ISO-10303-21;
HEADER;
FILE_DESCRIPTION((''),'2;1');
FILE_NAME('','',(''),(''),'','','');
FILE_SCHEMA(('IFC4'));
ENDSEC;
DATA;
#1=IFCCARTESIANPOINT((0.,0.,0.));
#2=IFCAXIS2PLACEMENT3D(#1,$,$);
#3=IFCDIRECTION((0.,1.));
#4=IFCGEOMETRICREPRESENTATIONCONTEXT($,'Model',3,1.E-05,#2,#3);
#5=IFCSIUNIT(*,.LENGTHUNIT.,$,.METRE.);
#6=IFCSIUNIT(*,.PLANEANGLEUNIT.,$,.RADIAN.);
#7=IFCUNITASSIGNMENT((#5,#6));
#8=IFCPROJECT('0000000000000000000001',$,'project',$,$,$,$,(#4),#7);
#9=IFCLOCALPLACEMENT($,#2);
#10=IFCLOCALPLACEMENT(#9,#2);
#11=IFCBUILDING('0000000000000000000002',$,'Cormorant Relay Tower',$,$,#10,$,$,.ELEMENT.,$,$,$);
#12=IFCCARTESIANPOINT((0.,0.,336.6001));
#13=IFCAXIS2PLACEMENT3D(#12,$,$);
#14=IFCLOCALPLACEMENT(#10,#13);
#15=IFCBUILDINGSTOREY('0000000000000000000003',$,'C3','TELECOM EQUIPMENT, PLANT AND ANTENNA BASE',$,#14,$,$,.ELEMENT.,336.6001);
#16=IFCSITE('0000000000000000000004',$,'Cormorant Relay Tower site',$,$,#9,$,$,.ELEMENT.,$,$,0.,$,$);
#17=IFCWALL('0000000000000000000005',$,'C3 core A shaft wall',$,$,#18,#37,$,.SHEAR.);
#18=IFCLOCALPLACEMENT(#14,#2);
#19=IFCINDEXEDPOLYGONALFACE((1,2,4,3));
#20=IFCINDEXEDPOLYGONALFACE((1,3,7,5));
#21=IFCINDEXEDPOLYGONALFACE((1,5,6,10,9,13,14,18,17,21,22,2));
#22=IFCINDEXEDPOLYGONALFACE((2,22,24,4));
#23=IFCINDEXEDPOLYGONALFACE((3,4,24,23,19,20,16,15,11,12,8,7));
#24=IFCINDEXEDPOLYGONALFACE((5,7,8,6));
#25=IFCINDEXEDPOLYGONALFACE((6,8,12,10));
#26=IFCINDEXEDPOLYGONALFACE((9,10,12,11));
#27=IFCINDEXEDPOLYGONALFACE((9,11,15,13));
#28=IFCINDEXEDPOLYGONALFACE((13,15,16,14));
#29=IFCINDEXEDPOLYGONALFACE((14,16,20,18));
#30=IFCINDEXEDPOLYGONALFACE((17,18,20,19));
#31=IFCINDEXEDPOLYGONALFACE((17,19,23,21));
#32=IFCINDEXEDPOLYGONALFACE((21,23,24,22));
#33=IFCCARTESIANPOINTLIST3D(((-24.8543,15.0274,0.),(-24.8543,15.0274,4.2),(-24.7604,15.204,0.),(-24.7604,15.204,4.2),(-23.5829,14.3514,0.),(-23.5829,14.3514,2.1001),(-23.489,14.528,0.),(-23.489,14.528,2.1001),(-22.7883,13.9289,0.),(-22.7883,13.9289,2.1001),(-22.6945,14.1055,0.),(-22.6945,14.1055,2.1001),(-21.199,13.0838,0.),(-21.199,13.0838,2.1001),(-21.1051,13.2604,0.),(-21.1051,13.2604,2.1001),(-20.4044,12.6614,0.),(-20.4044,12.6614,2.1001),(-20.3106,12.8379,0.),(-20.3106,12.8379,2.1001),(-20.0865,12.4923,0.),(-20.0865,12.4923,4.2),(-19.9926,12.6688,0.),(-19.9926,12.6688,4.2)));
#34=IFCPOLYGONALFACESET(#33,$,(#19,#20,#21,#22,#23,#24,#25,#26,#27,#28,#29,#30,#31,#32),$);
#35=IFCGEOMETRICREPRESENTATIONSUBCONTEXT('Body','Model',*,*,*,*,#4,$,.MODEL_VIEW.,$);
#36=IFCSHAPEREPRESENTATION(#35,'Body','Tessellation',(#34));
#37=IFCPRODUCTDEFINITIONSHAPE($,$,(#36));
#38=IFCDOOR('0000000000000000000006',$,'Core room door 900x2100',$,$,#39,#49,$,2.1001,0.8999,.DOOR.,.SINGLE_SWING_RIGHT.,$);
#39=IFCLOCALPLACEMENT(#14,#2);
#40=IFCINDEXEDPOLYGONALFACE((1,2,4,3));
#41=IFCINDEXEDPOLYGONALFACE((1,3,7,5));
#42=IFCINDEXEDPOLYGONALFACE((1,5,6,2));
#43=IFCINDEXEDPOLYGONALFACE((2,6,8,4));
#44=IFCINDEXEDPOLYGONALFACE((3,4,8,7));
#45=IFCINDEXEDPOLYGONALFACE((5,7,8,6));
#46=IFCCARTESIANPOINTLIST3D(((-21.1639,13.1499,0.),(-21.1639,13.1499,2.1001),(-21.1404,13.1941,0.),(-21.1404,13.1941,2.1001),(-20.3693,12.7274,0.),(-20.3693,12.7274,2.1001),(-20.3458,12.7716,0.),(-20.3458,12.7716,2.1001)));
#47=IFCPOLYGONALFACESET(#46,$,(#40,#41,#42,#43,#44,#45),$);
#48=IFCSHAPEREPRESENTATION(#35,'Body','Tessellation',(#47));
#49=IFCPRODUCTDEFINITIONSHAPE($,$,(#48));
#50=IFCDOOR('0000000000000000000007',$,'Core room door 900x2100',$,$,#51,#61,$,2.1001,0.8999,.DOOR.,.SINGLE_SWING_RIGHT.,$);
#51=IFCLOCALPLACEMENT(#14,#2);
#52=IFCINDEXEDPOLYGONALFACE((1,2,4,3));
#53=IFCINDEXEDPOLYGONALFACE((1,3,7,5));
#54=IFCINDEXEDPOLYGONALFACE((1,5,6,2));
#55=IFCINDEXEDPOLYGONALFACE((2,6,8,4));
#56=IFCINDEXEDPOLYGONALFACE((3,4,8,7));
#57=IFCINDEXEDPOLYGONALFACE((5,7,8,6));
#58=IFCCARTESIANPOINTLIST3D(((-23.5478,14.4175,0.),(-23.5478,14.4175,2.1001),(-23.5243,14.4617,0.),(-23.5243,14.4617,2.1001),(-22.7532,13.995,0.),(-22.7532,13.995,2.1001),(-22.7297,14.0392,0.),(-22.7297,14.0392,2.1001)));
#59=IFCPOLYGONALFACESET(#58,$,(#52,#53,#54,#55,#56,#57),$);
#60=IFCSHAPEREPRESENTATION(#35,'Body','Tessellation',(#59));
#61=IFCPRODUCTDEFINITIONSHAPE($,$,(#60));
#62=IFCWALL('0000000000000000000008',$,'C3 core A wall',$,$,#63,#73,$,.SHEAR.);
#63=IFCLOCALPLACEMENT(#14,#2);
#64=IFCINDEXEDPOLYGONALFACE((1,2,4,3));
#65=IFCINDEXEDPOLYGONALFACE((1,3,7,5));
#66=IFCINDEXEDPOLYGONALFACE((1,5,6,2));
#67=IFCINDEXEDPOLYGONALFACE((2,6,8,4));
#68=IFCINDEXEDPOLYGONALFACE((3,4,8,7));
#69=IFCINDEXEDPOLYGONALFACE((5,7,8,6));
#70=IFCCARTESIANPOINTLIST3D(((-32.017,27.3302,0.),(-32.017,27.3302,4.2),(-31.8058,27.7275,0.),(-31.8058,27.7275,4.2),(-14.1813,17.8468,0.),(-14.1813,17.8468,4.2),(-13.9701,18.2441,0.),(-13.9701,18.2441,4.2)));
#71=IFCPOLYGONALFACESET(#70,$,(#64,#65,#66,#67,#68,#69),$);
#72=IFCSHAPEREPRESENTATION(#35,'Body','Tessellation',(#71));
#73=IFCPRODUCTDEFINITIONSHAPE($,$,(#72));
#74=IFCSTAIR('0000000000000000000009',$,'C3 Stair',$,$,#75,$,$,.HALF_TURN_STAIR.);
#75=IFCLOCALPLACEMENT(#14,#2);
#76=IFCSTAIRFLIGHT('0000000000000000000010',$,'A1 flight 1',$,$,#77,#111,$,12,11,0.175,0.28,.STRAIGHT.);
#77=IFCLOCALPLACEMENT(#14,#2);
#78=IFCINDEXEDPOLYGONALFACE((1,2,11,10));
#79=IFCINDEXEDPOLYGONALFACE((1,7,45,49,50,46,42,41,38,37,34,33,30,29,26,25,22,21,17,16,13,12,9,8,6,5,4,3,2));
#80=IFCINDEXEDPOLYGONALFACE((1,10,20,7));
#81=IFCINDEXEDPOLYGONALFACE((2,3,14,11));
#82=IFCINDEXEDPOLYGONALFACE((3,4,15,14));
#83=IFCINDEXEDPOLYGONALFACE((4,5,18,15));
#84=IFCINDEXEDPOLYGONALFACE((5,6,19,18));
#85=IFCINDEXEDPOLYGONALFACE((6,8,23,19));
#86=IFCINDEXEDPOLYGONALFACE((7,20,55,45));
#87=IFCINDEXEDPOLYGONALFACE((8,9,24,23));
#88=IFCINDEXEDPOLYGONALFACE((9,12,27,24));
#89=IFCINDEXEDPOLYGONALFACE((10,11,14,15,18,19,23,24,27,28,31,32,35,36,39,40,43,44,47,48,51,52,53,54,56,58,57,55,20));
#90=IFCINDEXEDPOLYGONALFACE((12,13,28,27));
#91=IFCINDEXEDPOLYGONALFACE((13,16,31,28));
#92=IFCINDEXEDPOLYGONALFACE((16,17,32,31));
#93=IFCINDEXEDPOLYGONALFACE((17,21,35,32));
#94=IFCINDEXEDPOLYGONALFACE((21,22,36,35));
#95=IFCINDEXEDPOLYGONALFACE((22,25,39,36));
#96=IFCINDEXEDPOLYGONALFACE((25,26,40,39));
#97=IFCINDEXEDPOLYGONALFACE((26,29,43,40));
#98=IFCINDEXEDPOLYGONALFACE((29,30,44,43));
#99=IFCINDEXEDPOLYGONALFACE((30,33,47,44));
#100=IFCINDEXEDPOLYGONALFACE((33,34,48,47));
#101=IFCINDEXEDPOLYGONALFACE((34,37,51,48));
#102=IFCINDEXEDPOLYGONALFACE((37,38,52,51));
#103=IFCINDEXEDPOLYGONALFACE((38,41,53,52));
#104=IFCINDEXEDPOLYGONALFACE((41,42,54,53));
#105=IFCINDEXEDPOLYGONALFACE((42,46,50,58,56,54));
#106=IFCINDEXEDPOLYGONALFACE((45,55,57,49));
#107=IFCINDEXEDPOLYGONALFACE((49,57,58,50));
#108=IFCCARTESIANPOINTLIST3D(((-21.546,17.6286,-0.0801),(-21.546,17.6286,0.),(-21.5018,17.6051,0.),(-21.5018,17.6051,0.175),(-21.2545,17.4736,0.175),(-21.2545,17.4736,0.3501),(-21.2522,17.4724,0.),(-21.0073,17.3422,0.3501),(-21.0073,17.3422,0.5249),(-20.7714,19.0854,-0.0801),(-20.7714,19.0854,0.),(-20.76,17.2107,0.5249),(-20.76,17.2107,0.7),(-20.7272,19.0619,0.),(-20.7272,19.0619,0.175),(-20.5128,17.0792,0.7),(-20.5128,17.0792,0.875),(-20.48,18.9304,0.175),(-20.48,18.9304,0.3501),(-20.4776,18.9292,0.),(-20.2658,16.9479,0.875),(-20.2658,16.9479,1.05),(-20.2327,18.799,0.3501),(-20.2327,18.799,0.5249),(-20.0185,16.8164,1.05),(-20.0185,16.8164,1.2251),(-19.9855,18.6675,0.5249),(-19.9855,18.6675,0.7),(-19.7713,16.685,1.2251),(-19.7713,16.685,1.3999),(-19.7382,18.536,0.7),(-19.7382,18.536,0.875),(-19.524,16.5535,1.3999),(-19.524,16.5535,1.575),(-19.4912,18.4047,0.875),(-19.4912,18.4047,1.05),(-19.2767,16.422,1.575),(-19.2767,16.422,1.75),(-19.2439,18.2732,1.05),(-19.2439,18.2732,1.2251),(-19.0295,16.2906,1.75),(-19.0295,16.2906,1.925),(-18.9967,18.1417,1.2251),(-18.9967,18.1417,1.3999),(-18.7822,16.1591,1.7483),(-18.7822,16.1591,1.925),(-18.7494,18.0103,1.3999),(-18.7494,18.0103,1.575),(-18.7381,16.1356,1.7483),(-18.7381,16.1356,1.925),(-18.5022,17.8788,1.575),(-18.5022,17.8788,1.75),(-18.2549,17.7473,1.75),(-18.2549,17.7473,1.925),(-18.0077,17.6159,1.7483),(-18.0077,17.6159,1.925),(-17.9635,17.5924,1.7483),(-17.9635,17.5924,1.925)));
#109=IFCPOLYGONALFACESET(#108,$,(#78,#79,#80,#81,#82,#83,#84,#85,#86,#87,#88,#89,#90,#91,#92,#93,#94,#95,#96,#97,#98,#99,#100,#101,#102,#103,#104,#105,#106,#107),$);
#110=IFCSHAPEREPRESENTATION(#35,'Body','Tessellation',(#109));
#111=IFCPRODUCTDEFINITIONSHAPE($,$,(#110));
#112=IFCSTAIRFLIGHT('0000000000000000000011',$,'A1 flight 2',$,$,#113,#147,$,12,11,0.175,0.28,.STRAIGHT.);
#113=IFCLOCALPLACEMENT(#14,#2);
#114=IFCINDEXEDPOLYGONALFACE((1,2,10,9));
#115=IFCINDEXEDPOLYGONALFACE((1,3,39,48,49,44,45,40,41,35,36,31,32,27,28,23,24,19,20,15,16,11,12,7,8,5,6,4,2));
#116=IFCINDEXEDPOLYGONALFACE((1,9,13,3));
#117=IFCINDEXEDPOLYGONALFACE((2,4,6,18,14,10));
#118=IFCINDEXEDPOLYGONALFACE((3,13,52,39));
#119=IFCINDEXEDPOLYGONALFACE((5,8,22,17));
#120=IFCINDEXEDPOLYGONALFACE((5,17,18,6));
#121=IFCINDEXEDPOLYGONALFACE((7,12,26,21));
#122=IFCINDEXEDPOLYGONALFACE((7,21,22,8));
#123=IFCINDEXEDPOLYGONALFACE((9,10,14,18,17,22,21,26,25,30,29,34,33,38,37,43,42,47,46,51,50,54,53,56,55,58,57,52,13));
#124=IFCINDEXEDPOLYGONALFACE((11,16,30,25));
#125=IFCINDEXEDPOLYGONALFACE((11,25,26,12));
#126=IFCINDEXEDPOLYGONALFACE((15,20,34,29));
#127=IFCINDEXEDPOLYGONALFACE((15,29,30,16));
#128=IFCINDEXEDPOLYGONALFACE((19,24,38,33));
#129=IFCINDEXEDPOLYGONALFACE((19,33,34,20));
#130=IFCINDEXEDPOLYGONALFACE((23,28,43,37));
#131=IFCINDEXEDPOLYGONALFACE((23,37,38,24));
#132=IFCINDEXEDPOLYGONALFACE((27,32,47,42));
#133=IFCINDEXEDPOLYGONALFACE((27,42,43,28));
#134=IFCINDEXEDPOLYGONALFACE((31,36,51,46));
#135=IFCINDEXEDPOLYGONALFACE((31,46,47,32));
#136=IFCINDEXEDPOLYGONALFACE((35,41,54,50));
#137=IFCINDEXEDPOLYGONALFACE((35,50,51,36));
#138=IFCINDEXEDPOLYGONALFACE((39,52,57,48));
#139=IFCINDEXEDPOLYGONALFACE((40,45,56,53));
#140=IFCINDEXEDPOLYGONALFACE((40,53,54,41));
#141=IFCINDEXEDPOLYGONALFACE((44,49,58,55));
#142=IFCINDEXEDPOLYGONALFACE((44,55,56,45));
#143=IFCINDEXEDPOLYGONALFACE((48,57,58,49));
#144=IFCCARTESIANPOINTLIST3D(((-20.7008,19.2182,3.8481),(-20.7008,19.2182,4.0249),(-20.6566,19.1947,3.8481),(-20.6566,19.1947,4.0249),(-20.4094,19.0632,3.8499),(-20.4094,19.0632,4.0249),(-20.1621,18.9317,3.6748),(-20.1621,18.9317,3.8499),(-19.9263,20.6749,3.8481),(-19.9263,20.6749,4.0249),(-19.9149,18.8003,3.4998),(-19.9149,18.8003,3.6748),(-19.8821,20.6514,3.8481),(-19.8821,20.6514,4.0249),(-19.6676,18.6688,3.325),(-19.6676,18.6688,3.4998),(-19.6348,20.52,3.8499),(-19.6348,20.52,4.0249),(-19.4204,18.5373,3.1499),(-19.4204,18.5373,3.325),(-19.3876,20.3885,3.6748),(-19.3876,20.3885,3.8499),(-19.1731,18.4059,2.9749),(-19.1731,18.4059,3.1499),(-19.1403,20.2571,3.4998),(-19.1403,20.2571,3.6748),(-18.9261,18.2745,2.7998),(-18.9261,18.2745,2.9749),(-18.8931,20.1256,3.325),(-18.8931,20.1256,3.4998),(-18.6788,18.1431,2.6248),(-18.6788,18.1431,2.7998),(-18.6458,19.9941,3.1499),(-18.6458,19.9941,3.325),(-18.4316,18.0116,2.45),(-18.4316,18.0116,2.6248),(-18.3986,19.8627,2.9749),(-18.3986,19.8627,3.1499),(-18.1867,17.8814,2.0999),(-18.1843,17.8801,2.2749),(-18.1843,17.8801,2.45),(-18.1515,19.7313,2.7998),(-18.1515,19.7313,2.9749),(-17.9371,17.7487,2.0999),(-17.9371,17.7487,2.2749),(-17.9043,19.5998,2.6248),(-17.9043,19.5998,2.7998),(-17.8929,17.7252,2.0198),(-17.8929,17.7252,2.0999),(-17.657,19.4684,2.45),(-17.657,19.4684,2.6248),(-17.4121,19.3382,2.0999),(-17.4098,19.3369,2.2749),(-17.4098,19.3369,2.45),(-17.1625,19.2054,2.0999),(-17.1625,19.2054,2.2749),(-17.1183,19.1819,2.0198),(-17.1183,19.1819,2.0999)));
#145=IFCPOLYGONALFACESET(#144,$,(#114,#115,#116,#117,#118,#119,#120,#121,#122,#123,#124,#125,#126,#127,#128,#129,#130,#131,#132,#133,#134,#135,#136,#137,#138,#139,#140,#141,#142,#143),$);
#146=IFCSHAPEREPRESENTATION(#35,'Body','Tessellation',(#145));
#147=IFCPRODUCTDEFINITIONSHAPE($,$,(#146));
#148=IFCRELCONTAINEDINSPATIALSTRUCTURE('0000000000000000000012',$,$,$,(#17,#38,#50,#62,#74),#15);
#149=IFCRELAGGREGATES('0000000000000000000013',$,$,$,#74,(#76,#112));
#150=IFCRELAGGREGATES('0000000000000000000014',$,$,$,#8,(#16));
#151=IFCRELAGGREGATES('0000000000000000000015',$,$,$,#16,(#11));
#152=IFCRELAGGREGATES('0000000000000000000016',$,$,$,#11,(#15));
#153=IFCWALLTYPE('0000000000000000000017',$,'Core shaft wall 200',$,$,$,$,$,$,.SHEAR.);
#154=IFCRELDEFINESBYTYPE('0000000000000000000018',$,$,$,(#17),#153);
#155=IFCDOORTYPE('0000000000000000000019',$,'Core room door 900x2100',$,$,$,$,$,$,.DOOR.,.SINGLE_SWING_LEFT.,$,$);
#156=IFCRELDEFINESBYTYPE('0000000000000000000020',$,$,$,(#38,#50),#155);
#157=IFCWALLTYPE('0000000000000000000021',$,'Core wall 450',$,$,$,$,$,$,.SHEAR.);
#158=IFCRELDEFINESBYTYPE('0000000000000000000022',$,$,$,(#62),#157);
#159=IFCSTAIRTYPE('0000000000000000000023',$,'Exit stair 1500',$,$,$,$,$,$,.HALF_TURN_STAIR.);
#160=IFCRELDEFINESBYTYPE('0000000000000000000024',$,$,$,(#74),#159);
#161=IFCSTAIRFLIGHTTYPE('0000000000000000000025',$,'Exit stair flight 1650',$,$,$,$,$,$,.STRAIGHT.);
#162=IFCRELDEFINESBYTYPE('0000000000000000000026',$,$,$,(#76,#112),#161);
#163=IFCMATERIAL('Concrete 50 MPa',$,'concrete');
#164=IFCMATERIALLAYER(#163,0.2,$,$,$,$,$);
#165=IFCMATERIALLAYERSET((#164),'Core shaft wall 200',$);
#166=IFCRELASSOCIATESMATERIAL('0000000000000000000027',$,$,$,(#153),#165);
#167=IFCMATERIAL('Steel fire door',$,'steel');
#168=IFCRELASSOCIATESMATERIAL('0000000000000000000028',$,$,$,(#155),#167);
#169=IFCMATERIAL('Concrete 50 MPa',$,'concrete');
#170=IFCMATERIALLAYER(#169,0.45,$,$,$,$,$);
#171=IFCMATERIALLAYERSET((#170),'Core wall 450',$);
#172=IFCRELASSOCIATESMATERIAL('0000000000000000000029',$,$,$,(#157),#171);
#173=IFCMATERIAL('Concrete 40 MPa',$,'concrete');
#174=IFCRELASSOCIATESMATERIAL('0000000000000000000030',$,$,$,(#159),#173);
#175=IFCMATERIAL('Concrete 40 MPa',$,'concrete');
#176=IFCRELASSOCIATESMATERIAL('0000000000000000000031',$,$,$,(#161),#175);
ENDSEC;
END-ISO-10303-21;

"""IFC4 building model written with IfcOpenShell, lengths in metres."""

from ifc_helpers import new_model, si_unit, direction, frame, frame_2d, origin, place, context, subcontext, project, spatial, polyline, rectangle, outline, extrude, material, layer, layer_set, type_object, element, fill, aggregate, save


model = new_model("IFC4")

# Units and contexts
model_context = context("Model", 3, precision=1e-05, world=origin(), true_north=direction((0.0, 1.0)))
body_context = subcontext(model_context, "Body", "Model", "MODEL_VIEW")
ifc_project = project(units=[si_unit("LENGTHUNIT", "METRE"), si_unit("PLANEANGLEUNIT", "RADIAN")], contexts=[model_context])

# Site, building, storey
site_placement = place(None, origin())
site = spatial("IfcSite", under=ifc_project, at=site_placement, Name="Cormorant Relay Tower site", CompositionType="ELEMENT", RefElevation=0.0)
building_placement = place(site_placement, origin())
building = spatial("IfcBuilding", under=site, at=building_placement, Name="Cormorant Relay Tower", CompositionType="ELEMENT")
storey_placement = place(building_placement, frame((0.0, 0.0, 336.6001)))
storey = spatial("IfcBuildingStorey", under=building, at=storey_placement, Name="C3", Description="TELECOM EQUIPMENT, PLANT AND ANTENNA BASE", CompositionType="ELEMENT", Elevation=336.6001)

# Shared definitions
ifc_material_1 = material(Name="Concrete 50 MPa", Category="concrete")
ifc_layer_1 = layer(ifc_material_1, 0.2)
ifc_layer_set_1 = layer_set([ifc_layer_1], Name="Core shaft wall 200")
wall_type_1 = type_object("IfcWallType", Name="Core shaft wall 200", PredefinedType="SHEAR", material=ifc_layer_set_1)

# Wall, openings, doors
wall_1_placement = place(storey_placement, frame((-20.0396, 12.5806, 0.0), z_axis=(0.0, 0.0, 1.0), x_axis=(-0.882943, 0.46948, 0.0)))
wall_1 = element("IfcWall", 1, at=wall_1_placement, inside=storey, type_object=wall_type_1, Name="C3 core A shaft wall", PredefinedType="SHEAR", context=body_context, shape_type="SweptSolid", body=[
    extrude(rectangle(XDim=5.3999, YDim=0.2, at=frame_2d((2.7, 0.0))), origin(), (0.0, 0.0, 1.0), 4.2),
])
opening_1_placement = place(wall_1_placement, frame((0.3601, 0.0, 0.0)))
opening_1 = element("IfcOpeningElement", 2, at=opening_1_placement, cuts=wall_1, PredefinedType="OPENING", context=body_context, shape_type="SweptSolid", body=[
    extrude(rectangle(XDim=0.8999, YDim=2.1001, at=frame_2d((0.45, 1.05))), frame((0.0, 0.1099, 0.0), z_axis=(0.0, -1.0, 0.0), x_axis=(1.0, 0.0, 0.0)), (0.0, 0.0, 1.0), 0.22),
])
opening_2_placement = place(wall_1_placement, frame((3.0601, 0.0, 0.0)))
opening_2 = element("IfcOpeningElement", 3, at=opening_2_placement, cuts=wall_1, PredefinedType="OPENING", context=body_context, shape_type="SweptSolid", body=[
    extrude(rectangle(XDim=0.8999, YDim=2.1001, at=frame_2d((0.45, 1.05))), frame((0.0, 0.1099, 0.0), z_axis=(0.0, -1.0, 0.0), x_axis=(1.0, 0.0, 0.0)), (0.0, 0.0, 1.0), 0.22),
])
ifc_material_2 = material(Name="Steel fire door", Category="steel")
door_type_1 = type_object("IfcDoorType", Name="Core room door 900x2100", OperationType="SINGLE_SWING_LEFT", PredefinedType="DOOR", material=ifc_material_2)
door_1_placement = place(opening_1_placement, frame((0.8999, 0.0, 0.0), z_axis=(0.0, 0.0, 1.0), x_axis=(-1.0, 0.0, 0.0)))
door_1 = element("IfcDoor", 4, at=door_1_placement, inside=storey, type_object=door_type_1, Name="Core room door 900x2100", OperationType="SINGLE_SWING_RIGHT", OverallHeight=2.1001, OverallWidth=0.8999, PredefinedType="DOOR", context=body_context, shape_type="SweptSolid", body=[
    extrude(rectangle(XDim=0.8999, YDim=2.1001, at=frame_2d((0.45, 1.05))), frame((0.0, 0.0249, 0.0), z_axis=(0.0, -1.0, 0.0), x_axis=(1.0, 0.0, 0.0)), (0.0, 0.0, 1.0), 0.05),
])
fill(opening_1, door_1)
door_2_placement = place(opening_2_placement, frame((0.8999, 0.0, 0.0), z_axis=(0.0, 0.0, 1.0), x_axis=(-1.0, 0.0, 0.0)))
door_2 = element("IfcDoor", 5, at=door_2_placement, inside=storey, type_object=door_type_1, Name="Core room door 900x2100", OperationType="SINGLE_SWING_RIGHT", OverallHeight=2.1001, OverallWidth=0.8999, PredefinedType="DOOR", context=body_context, shape_type="SweptSolid", body=[
    extrude(rectangle(XDim=0.8999, YDim=2.1001, at=frame_2d((0.45, 1.05))), frame((0.0, 0.0249, 0.0), z_axis=(0.0, -1.0, 0.0), x_axis=(1.0, 0.0, 0.0)), (0.0, 0.0, 1.0), 0.05),
])
fill(opening_2, door_2)

# Shared definitions
ifc_material_3 = material(Name="Concrete 50 MPa", Category="concrete")
ifc_layer_2 = layer(ifc_material_3, 0.45)
ifc_layer_set_2 = layer_set([ifc_layer_2], Name="Core wall 450")
wall_type_2 = type_object("IfcWallType", Name="Core wall 450", PredefinedType="SHEAR", material=ifc_layer_set_2)

# Wall
wall_2_placement = place(storey_placement, frame((-14.0757, 18.0454, 0.0), z_axis=(0.0, 0.0, 1.0), x_axis=(-0.882948, 0.469471, 0.0)))
element("IfcWall", 6, at=wall_2_placement, inside=storey, type_object=wall_type_2, Name="C3 core A wall", PredefinedType="SHEAR", context=body_context, shape_type="SweptSolid", body=[
    extrude(rectangle(XDim=20.2002, YDim=0.45, at=frame_2d((10.1001, 0.0))), origin(), (0.0, 0.0, 1.0), 4.2),
])

# Stair, stair flights
ifc_material_4 = material(Name="Concrete 40 MPa", Category="concrete")
stair_type = type_object("IfcStairType", Name="Exit stair 1500", PredefinedType="HALF_TURN_STAIR", material=ifc_material_4)
stair_placement = place(storey_placement, origin())
stair = element("IfcStair", 7, at=stair_placement, inside=storey, type_object=stair_type, Name="C3 Stair", PredefinedType="HALF_TURN_STAIR")
ifc_material_5 = material(Name="Concrete 40 MPa", Category="concrete")
stair_flight_type = type_object("IfcStairFlightType", Name="Exit stair flight 1650", PredefinedType="STRAIGHT", material=ifc_material_5)
stair_flight_1_placement = place(storey_placement, frame((-21.1145, 18.3335, 0.0), z_axis=(0.0, 0.0, 1.0), x_axis=(0.882948, -0.469472, 0.0)))
stair_flight_1 = element("IfcStairFlight", 8, at=stair_flight_1_placement, type_object=stair_flight_type, Name="A1 flight 1", NumberOfRisers=12, NumberOfTreads=11, PredefinedType="STRAIGHT", RiserHeight=0.175, TreadLength=0.28, context=body_context, shape_type="SweptSolid", body=[
    extrude(outline(polyline([(-0.05, -0.0801), (-0.05, 0.0), (0.0, 0.0), (0.0, 0.175), (0.28, 0.175), (0.28, 0.3501), (0.5601, 0.3501), (0.5601, 0.5249), (0.8401, 0.5249), (0.8401, 0.7), (1.1201, 0.7), (1.1201, 0.875), (1.3999, 0.875), (1.3999, 1.05), (1.6799, 1.05), (1.6799, 1.2251), (1.96, 1.2251), (1.96, 1.3999), (2.24, 1.3999), (2.24, 1.575), (2.52, 1.575), (2.52, 1.75), (2.8, 1.75), (2.8, 1.925), (3.0801, 1.925), (3.1301, 1.925), (3.1301, 1.7483), (3.0801, 1.7483), (0.2827, 0.0), (-0.05, -0.0801)])), frame((0.0, 0.825, 0.0), z_axis=(0.0, -1.0, 0.0), x_axis=(1.0, 0.0, 0.0)), (0.0, 0.0, 1.0), 1.6499),
])
stair_flight_2_placement = place(storey_placement, frame((-17.5498, 18.4771, 2.0999), z_axis=(0.0, 0.0, 1.0), x_axis=(-0.882948, 0.469472, 0.0)))
stair_flight_2 = element("IfcStairFlight", 9, at=stair_flight_2_placement, type_object=stair_flight_type, Name="A1 flight 2", NumberOfRisers=12, NumberOfTreads=11, PredefinedType="STRAIGHT", RiserHeight=0.175, TreadLength=0.28, context=body_context, shape_type="SweptSolid", body=[
    extrude(outline(polyline([(-0.05, -0.0801), (-0.05, 0.0), (0.0, 0.0), (0.0, 0.175), (0.28, 0.175), (0.28, 0.3501), (0.5601, 0.3501), (0.5601, 0.5249), (0.8401, 0.5249), (0.8401, 0.7), (1.1201, 0.7), (1.1201, 0.875), (1.3999, 0.875), (1.3999, 1.05), (1.6799, 1.05), (1.6799, 1.2251), (1.96, 1.2251), (1.96, 1.3999), (2.24, 1.3999), (2.24, 1.575), (2.52, 1.575), (2.52, 1.75), (2.8, 1.75), (2.8, 1.925), (3.0801, 1.925), (3.1301, 1.925), (3.1301, 1.7483), (3.0801, 1.7483), (0.2827, 0.0), (-0.05, -0.0801)])), frame((0.0, 0.825, 0.0), z_axis=(0.0, -1.0, 0.0), x_axis=(1.0, 0.0, 0.0)), (0.0, 0.0, 1.0), 1.6499),
])
aggregate(stair, [stair_flight_1, stair_flight_2])

save(model, "model.ifc")
